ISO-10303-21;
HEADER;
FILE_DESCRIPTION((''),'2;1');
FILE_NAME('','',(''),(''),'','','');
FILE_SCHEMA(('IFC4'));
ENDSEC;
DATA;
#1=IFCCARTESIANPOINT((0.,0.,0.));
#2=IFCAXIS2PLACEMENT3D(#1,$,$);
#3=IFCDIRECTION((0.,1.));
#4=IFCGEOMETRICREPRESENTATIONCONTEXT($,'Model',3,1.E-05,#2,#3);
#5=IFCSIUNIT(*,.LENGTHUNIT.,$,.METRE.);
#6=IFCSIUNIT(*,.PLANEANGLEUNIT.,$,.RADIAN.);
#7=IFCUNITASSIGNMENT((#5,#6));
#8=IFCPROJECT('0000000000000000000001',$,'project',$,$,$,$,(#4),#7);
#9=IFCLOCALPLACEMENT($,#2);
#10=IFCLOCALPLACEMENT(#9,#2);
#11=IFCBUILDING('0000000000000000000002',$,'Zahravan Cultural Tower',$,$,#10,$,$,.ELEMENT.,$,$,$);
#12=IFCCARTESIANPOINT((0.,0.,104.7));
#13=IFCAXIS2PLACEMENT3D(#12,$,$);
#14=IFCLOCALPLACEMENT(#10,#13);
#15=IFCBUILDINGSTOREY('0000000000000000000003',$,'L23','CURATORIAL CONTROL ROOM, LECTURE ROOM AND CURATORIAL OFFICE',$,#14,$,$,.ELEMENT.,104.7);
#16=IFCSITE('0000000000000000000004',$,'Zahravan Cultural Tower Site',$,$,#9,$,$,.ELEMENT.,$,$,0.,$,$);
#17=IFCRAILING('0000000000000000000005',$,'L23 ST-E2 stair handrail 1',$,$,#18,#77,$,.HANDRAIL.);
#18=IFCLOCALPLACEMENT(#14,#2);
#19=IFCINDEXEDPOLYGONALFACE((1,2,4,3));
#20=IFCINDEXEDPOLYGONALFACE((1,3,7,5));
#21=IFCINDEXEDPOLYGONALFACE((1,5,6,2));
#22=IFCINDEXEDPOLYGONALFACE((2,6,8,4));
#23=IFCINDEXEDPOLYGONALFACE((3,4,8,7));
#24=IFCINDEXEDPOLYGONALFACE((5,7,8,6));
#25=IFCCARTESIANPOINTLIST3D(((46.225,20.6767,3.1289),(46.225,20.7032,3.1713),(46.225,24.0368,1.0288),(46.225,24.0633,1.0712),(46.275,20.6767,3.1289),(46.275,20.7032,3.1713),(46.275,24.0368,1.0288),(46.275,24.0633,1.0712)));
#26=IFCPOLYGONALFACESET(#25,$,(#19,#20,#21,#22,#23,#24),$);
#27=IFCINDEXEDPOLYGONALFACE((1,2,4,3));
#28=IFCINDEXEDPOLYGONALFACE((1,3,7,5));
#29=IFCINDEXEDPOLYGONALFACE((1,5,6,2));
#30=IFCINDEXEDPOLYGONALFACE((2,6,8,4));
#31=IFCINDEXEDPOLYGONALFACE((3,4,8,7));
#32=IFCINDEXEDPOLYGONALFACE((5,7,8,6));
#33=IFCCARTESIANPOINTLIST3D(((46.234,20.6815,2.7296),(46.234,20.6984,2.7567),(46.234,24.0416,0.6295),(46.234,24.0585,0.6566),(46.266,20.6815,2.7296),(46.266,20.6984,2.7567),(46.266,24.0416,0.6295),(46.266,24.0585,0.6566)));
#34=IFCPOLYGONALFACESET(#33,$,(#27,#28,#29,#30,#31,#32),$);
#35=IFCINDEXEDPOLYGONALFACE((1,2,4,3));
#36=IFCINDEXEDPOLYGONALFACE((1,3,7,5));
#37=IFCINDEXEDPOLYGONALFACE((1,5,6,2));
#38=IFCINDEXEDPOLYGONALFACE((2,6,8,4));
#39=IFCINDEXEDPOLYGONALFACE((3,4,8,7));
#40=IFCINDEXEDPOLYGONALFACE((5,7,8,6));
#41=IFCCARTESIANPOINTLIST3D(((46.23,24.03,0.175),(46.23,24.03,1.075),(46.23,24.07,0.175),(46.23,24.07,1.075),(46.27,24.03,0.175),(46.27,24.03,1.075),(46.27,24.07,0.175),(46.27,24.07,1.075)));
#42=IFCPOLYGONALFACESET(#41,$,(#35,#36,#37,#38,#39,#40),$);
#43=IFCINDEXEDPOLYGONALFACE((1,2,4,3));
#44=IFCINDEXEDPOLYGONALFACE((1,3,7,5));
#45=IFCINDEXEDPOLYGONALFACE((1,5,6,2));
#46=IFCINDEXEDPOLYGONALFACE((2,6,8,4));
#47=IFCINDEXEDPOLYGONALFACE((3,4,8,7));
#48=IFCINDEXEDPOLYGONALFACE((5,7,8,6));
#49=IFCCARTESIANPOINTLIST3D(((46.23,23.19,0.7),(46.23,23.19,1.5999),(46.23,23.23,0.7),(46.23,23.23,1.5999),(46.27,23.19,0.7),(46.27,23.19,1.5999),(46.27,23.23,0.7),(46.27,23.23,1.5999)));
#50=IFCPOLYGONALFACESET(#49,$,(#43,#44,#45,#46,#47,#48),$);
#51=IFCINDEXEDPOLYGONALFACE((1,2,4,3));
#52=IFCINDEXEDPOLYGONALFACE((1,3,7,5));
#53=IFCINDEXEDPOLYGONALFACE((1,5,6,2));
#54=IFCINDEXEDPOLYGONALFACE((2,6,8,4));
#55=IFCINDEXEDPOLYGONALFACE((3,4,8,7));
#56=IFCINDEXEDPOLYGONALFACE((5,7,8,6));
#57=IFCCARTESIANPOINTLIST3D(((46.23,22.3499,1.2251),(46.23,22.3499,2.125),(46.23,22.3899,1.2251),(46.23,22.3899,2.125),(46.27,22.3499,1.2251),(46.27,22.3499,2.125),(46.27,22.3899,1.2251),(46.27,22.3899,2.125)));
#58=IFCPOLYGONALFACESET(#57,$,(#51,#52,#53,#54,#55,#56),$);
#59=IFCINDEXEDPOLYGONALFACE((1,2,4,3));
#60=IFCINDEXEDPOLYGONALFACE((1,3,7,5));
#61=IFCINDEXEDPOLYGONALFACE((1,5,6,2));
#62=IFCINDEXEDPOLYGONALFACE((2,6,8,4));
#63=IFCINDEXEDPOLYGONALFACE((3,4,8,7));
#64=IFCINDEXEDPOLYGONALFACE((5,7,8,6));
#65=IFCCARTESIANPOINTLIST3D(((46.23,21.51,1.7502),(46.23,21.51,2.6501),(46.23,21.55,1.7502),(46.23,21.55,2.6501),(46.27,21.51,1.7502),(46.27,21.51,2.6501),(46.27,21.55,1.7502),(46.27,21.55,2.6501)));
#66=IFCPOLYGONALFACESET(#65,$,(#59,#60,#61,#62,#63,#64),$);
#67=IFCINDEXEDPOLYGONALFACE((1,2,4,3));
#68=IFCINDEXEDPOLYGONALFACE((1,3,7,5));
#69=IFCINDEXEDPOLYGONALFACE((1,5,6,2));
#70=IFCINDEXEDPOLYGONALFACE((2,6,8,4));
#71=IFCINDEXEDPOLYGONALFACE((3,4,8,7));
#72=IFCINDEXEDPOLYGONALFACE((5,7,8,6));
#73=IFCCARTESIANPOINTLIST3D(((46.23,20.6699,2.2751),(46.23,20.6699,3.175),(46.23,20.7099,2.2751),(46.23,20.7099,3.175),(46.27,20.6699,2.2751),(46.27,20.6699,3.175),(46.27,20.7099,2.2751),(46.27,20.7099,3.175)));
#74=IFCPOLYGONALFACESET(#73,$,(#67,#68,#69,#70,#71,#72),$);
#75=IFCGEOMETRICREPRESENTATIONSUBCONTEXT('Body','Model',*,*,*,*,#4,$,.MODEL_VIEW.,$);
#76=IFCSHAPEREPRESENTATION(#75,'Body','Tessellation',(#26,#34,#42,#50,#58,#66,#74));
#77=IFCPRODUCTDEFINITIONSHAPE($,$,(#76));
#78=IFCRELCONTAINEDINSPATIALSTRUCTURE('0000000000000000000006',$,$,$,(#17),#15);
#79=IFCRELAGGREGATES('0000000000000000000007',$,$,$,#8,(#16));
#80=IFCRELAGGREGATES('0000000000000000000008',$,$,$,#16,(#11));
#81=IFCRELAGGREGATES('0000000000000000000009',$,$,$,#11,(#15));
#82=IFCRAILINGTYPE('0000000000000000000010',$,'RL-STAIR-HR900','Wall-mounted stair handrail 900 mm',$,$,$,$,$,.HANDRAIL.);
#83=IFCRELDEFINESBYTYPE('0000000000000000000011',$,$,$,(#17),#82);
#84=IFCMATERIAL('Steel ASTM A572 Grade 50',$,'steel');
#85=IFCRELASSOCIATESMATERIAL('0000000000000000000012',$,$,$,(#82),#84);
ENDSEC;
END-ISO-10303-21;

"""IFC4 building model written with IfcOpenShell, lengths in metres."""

from ifc_helpers import new_model, si_unit, direction, frame, origin, origin_2d, place, context, subcontext, project, spatial, rectangle, extrude, material, type_object, element, save


model = new_model("IFC4")

# Units and contexts
model_context = context("Model", 3, precision=1e-05, world=origin(), true_north=direction((0.0, 1.0)))
body_context = subcontext(model_context, "Body", "Model", "MODEL_VIEW")
ifc_project = project(units=[si_unit("LENGTHUNIT", "METRE"), si_unit("PLANEANGLEUNIT", "RADIAN")], contexts=[model_context])

# Site, building, storey
site_placement = place(None, origin())
site = spatial("IfcSite", under=ifc_project, at=site_placement, Name="Zahravan Cultural Tower Site", CompositionType="ELEMENT", RefElevation=0.0)
building_placement = place(site_placement, origin())
building = spatial("IfcBuilding", under=site, at=building_placement, Name="Zahravan Cultural Tower", CompositionType="ELEMENT")
storey_placement = place(building_placement, frame((0.0, 0.0, 104.7)))
storey = spatial("IfcBuildingStorey", under=building, at=storey_placement, Name="L23", Description="CURATORIAL CONTROL ROOM, LECTURE ROOM AND CURATORIAL OFFICE", CompositionType="ELEMENT", Elevation=104.7)

# Shared definitions
ifc_material_1 = material(Name="Steel ASTM A572 Grade 50", Category="steel")

# Railing
railing_type_1 = type_object("IfcRailingType", Name="RL-STAIR-HR900", Description="Wall-mounted stair handrail 900 mm", PredefinedType="HANDRAIL", material=ifc_material_1)
railing_1_placement = place(storey_placement, frame((46.25, 24.05, 0.175)))
element("IfcRailing", 1, at=railing_1_placement, inside=storey, type_object=railing_type_1, Name="L23 ST-E2 stair handrail 1", PredefinedType="HANDRAIL", context=body_context, shape_type="SweptSolid", body=[
    extrude(rectangle(XDim=0.05, YDim=0.05, at=origin_2d()), frame((0.0, 0.0, 0.875), z_axis=(0.0, -0.847995, 0.530004), x_axis=(1.0, 0.0, 0.0)), (0.0, 0.0, 1.0), 3.9624),
    extrude(rectangle(XDim=0.032, YDim=0.032, at=origin_2d()), frame((0.0, 0.0, 0.468), z_axis=(0.0, -0.847995, 0.530004), x_axis=(1.0, 0.0, 0.0)), (0.0, 0.0, 1.0), 3.9624),
    extrude(rectangle(XDim=0.04, YDim=0.04, at=origin_2d()), origin(), (0.0, 0.0, 1.0), 0.8999),
    extrude(rectangle(XDim=0.04, YDim=0.04, at=origin_2d()), frame((0.0, -0.8401, 0.5249)), (0.0, 0.0, 1.0), 0.8999),
    extrude(rectangle(XDim=0.04, YDim=0.04, at=origin_2d()), frame((0.0, -1.6802, 1.05)), (0.0, 0.0, 1.0), 0.8999),
    extrude(rectangle(XDim=0.04, YDim=0.04, at=origin_2d()), frame((0.0, -2.52, 1.5752)), (0.0, 0.0, 1.0), 0.8999),
    extrude(rectangle(XDim=0.04, YDim=0.04, at=origin_2d()), frame((0.0, -3.3601, 2.1001)), (0.0, 0.0, 1.0), 0.8999),
])

save(model, "model.ifc")
